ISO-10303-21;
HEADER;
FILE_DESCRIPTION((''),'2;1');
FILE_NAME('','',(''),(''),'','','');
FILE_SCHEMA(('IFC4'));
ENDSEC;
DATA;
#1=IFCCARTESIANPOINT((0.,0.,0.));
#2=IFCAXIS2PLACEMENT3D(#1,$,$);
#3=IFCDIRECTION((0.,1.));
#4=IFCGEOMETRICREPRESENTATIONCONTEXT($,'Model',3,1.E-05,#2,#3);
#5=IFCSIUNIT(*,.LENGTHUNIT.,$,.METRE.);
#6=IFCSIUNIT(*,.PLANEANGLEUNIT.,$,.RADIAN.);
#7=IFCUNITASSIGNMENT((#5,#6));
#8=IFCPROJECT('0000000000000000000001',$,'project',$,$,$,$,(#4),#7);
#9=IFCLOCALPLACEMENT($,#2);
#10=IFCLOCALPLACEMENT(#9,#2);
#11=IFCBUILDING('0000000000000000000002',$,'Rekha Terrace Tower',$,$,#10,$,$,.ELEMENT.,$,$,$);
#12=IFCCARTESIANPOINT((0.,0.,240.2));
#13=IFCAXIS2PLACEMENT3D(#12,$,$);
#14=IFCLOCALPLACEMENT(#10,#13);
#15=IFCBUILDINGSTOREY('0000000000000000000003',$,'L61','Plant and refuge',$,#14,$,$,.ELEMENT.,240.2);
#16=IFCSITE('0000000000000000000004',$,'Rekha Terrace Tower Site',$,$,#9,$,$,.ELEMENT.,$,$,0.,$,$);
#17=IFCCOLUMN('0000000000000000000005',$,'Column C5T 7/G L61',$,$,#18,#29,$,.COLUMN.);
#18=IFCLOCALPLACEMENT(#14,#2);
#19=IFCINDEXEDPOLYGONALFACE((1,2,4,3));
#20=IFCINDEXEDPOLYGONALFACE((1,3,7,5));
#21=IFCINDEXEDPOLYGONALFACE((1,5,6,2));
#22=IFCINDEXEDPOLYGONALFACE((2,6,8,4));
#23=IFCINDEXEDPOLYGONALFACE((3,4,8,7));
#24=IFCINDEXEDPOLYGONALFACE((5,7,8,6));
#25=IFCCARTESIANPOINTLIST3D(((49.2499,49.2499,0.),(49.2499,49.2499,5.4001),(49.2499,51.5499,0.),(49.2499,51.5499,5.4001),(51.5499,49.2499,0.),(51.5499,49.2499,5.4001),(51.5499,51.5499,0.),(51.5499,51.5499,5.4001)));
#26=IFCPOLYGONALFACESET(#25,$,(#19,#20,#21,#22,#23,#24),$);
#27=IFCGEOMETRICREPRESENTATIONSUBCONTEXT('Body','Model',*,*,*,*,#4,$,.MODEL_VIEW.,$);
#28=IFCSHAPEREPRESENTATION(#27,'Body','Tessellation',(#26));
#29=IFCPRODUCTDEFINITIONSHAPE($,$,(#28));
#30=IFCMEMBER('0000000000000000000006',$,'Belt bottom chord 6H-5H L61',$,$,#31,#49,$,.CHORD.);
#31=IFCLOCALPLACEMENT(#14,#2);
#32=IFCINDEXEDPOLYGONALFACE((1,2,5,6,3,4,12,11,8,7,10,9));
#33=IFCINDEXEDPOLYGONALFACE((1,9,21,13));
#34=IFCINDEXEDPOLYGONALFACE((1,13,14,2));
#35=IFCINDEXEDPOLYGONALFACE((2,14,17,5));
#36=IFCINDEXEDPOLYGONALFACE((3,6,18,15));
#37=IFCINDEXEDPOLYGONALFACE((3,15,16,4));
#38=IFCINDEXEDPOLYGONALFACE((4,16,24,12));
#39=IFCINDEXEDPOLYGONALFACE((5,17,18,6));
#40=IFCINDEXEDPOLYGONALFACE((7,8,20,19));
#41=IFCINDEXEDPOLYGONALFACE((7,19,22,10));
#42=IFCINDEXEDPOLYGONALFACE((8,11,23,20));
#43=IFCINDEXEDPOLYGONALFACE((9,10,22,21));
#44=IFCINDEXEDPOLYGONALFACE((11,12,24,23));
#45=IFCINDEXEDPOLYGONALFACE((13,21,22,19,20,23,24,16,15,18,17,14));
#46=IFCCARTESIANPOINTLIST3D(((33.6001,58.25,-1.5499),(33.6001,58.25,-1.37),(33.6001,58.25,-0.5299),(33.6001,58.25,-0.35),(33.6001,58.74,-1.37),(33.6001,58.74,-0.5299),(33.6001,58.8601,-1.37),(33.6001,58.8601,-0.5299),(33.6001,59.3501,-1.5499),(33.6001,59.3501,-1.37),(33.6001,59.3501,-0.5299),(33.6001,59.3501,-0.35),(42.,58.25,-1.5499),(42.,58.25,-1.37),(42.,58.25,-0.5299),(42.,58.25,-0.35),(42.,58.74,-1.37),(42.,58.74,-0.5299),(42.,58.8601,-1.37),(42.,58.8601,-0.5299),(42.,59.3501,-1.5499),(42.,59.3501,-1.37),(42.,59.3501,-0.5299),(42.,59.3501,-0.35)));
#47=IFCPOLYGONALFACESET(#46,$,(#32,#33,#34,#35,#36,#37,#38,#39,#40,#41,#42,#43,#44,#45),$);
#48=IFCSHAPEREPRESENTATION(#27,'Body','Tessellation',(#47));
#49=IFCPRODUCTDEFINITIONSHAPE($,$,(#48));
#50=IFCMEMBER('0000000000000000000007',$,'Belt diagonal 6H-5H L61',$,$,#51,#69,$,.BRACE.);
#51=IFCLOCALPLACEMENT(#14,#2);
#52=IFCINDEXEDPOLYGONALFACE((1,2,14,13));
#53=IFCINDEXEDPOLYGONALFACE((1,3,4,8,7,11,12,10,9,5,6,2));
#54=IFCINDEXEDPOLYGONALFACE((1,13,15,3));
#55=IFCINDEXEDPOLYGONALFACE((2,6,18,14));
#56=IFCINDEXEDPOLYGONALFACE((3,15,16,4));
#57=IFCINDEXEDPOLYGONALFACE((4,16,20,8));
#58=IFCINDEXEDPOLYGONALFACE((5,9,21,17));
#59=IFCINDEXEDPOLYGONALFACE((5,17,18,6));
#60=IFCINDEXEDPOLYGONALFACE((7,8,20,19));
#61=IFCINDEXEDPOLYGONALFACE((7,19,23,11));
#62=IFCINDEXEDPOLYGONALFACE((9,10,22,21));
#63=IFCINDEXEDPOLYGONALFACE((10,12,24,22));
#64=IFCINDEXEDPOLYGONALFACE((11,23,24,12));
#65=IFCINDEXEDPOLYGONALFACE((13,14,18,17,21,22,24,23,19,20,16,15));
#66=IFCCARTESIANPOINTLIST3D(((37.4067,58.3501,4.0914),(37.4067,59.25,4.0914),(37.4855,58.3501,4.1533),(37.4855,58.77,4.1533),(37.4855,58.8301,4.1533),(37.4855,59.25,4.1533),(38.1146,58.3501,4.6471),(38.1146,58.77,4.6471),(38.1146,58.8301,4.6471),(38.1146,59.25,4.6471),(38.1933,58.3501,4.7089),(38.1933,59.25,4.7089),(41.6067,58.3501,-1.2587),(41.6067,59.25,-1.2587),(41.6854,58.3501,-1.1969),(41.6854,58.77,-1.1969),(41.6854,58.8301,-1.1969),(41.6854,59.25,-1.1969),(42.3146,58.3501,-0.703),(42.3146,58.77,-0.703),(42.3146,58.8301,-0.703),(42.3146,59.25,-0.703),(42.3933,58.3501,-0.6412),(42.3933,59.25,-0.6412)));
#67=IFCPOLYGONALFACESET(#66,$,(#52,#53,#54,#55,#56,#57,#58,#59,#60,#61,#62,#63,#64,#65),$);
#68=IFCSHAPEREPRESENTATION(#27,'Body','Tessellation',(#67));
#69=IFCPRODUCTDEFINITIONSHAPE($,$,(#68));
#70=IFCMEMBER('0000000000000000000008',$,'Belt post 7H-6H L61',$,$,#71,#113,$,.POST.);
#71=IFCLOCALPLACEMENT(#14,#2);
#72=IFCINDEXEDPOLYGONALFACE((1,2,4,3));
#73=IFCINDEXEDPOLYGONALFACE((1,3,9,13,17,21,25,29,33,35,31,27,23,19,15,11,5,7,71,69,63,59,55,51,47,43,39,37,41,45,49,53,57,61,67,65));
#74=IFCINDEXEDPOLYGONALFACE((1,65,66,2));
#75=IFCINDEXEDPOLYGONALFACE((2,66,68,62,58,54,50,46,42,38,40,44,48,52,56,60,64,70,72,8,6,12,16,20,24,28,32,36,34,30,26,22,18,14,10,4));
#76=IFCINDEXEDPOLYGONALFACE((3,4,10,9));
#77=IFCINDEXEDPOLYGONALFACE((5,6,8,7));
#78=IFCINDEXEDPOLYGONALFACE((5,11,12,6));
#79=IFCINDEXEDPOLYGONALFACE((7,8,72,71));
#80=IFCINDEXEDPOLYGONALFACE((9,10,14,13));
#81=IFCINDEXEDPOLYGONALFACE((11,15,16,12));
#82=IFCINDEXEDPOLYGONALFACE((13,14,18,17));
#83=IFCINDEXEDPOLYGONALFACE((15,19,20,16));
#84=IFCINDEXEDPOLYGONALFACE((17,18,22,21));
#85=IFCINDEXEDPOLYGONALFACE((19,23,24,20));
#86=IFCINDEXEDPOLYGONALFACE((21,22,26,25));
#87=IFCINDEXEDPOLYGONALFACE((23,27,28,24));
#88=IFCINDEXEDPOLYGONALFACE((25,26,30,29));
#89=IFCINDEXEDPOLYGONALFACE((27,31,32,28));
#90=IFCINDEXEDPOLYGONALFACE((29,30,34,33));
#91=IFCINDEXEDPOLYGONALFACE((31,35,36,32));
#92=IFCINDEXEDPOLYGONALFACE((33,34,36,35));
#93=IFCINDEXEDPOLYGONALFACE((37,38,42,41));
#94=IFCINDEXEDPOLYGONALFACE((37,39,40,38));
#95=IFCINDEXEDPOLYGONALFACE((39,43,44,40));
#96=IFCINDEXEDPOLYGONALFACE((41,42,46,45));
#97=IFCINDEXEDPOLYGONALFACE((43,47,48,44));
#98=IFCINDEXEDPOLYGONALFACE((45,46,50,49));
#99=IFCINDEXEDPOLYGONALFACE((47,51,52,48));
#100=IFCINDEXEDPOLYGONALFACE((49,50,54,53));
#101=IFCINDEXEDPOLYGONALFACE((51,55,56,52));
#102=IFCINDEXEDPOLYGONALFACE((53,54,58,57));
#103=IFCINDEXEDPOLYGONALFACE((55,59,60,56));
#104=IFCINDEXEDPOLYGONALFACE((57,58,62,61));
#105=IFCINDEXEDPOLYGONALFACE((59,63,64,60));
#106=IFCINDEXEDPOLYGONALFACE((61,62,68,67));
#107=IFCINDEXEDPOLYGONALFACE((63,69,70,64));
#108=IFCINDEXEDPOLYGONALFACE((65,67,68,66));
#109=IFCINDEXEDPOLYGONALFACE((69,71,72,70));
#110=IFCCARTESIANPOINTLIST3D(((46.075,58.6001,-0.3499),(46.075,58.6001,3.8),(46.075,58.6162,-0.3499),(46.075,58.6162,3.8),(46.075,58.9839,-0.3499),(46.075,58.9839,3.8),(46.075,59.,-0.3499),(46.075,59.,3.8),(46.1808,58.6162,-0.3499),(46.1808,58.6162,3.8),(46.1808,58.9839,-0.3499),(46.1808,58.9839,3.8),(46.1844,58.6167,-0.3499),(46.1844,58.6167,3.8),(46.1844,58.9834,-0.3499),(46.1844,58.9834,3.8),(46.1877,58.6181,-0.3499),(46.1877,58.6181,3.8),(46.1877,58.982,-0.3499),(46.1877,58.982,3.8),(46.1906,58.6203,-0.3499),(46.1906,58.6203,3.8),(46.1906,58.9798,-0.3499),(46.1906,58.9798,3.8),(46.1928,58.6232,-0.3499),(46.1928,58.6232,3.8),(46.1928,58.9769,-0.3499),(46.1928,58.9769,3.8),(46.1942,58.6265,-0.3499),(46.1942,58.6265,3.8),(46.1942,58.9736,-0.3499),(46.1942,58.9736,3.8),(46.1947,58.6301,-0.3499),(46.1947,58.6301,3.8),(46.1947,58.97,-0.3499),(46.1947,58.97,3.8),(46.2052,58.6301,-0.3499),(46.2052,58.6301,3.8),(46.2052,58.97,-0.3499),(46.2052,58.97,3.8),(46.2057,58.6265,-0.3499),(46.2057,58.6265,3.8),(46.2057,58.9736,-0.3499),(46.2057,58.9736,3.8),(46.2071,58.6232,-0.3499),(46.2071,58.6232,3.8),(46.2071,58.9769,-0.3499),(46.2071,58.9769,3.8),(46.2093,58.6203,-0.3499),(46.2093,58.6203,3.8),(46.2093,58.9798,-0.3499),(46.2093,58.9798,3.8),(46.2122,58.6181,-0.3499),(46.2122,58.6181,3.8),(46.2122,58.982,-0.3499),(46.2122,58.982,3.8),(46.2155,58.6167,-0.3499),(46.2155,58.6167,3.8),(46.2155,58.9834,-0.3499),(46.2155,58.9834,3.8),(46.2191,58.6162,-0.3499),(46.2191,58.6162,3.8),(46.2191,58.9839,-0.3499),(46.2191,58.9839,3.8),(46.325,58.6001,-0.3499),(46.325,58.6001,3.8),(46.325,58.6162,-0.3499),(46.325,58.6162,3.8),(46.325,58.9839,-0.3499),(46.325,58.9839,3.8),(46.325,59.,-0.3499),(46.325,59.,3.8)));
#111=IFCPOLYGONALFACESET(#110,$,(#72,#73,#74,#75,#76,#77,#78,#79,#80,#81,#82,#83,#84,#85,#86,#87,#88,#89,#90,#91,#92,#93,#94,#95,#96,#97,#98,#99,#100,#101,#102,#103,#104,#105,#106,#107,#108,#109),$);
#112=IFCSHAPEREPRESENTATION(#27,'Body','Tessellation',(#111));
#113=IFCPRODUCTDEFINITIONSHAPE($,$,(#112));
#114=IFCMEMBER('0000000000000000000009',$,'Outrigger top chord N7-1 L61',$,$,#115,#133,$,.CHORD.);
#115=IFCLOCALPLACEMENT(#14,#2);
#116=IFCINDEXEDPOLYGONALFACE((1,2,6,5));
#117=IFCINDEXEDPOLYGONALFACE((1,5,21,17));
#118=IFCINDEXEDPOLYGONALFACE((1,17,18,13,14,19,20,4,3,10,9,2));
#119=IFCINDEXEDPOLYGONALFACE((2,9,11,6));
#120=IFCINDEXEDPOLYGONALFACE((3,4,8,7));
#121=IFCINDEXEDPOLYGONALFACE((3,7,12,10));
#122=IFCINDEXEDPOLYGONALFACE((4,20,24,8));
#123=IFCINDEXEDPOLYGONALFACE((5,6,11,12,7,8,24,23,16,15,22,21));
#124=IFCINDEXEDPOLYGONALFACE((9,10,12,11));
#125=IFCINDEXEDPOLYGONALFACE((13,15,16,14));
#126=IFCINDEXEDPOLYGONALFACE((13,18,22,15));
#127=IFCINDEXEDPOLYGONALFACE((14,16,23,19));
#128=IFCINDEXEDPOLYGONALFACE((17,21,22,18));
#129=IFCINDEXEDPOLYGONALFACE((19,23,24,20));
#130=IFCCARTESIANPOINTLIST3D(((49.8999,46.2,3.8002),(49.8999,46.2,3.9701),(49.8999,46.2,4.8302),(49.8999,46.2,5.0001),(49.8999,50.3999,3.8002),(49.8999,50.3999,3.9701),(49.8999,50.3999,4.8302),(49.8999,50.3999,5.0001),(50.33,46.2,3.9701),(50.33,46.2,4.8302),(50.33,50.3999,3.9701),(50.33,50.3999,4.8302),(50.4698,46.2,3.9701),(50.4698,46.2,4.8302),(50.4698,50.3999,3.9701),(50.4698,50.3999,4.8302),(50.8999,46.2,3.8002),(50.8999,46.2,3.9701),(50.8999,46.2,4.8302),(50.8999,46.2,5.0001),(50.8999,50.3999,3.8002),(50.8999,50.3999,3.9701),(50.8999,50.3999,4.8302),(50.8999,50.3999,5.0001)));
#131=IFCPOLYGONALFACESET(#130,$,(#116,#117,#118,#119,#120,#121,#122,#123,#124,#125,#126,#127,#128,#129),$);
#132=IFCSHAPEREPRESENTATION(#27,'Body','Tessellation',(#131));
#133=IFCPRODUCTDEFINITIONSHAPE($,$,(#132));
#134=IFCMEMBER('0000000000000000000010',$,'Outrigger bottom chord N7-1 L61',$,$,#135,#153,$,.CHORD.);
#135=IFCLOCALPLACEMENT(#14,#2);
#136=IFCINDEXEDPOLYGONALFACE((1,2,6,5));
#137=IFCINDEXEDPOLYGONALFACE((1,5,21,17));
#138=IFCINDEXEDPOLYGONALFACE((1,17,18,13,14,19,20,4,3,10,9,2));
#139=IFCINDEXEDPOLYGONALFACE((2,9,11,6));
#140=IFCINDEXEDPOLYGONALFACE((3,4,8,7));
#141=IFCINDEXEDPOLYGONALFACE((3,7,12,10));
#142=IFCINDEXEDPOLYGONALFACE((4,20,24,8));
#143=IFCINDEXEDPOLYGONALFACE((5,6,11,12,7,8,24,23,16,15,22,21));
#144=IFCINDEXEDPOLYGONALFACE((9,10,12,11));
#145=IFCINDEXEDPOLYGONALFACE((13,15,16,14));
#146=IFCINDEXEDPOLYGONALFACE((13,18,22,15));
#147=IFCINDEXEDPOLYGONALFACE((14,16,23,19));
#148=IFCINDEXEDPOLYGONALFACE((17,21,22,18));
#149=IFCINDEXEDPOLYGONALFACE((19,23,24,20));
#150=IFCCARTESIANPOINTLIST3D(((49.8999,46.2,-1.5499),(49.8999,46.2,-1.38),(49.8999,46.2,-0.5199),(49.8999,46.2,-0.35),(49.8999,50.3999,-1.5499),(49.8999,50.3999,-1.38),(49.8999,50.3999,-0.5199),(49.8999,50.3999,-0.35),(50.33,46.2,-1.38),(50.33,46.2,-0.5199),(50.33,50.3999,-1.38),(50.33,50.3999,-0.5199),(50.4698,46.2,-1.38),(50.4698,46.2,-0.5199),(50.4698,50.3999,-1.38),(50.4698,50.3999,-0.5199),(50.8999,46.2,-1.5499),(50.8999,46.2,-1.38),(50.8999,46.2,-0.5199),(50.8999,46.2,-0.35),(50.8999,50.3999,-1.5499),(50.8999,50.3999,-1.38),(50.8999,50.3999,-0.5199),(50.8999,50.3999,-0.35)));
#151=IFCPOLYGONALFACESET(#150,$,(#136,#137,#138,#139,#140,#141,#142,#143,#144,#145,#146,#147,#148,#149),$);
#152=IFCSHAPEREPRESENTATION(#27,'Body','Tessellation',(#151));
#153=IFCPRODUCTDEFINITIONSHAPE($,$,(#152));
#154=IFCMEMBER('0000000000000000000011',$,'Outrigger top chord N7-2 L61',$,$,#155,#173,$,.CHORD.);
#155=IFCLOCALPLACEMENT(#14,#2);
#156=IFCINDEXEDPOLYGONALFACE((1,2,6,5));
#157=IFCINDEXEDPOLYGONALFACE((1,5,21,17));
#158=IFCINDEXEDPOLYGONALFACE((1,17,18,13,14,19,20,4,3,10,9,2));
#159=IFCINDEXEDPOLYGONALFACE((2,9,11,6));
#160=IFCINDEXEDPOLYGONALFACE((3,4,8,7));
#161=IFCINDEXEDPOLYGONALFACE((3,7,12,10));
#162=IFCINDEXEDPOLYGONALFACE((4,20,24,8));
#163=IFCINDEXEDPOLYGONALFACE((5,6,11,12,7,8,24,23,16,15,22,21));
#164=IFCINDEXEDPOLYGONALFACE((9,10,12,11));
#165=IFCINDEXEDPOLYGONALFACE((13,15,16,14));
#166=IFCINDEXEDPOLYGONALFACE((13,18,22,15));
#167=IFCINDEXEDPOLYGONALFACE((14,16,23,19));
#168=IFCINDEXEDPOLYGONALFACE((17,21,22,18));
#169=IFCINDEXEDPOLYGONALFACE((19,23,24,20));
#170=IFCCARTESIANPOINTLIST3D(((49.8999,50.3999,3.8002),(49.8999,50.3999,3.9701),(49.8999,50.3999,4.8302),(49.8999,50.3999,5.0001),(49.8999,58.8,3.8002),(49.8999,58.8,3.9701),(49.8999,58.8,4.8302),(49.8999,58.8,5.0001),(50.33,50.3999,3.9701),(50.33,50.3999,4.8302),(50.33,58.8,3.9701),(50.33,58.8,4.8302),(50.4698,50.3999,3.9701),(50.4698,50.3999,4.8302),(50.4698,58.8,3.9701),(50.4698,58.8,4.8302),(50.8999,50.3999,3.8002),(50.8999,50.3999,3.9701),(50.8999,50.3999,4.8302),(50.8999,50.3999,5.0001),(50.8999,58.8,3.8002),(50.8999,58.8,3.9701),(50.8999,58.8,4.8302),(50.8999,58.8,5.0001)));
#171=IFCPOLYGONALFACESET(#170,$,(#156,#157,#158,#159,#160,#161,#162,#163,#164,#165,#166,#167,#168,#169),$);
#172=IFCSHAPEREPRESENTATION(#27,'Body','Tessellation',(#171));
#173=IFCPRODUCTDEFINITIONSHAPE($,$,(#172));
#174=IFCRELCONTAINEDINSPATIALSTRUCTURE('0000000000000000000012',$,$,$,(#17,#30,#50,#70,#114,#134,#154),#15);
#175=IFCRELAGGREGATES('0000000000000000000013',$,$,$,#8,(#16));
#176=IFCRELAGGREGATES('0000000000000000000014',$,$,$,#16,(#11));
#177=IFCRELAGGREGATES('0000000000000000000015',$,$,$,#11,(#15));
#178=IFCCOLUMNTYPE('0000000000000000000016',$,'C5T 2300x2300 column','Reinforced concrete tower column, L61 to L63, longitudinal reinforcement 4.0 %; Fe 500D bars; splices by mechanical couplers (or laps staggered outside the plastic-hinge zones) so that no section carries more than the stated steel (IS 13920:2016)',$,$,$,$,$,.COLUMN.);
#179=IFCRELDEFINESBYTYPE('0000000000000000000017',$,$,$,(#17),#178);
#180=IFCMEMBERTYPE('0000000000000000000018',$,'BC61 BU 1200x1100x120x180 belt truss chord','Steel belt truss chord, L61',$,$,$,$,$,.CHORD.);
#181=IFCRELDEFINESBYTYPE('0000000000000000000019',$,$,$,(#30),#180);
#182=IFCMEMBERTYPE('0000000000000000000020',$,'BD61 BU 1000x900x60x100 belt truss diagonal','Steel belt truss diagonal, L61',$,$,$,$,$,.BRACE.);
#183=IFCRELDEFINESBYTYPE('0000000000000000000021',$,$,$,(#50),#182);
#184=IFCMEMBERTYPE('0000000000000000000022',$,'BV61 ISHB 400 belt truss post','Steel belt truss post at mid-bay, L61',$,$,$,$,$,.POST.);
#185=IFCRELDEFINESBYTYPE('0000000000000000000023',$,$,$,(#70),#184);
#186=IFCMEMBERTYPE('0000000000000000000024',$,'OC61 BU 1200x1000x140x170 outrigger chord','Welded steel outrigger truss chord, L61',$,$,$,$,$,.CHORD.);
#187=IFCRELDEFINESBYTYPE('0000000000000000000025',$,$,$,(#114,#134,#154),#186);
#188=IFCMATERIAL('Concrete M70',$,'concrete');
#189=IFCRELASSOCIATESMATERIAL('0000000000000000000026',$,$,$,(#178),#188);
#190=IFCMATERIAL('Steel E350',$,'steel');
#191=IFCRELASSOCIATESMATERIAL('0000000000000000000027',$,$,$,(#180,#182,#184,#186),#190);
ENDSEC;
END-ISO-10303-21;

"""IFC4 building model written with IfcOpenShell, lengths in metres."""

from ifc_helpers import new_model, si_unit, direction, frame, origin, origin_2d, place, context, subcontext, project, spatial, rectangle, i_section, extrude, material, material_profile, profile_set, type_object, element, save


model = new_model("IFC4")

# Units and contexts
model_context = context("Model", 3, precision=1e-05, world=origin(), true_north=direction((0.0, 1.0)))
body_context = subcontext(model_context, "Body", "Model", "MODEL_VIEW")
ifc_project = project(units=[si_unit("LENGTHUNIT", "METRE"), si_unit("PLANEANGLEUNIT", "RADIAN")], contexts=[model_context])

# Site, building, storey
site_placement = place(None, origin())
site = spatial("IfcSite", under=ifc_project, at=site_placement, Name="Rekha Terrace Tower Site", CompositionType="ELEMENT", RefElevation=0.0)
building_placement = place(site_placement, origin())
building = spatial("IfcBuilding", under=site, at=building_placement, Name="Rekha Terrace Tower", CompositionType="ELEMENT")
storey_placement = place(building_placement, frame((0.0, 0.0, 240.2)))
storey = spatial("IfcBuildingStorey", under=building, at=storey_placement, Name="L61", Description="Plant and refuge", CompositionType="ELEMENT", Elevation=240.2)

# Column
ifc_material_1 = material(Name="Concrete M70", Category="concrete")
ifc_material_profile_1 = material_profile(ifc_material_1, rectangle(XDim=2.3, YDim=2.3, at=origin_2d()), Name="RC 2300x2300")
ifc_profile_set_1 = profile_set([ifc_material_profile_1], Name="Concrete M70")
column_type = type_object("IfcColumnType", Name="C5T 2300x2300 column", Description="Reinforced concrete tower column, L61 to L63, longitudinal reinforcement 4.0 %; Fe 500D bars; splices by mechanical couplers (or laps staggered outside the plastic-hinge zones) so that no section carries more than the stated steel (IS 13920:2016)", PredefinedType="COLUMN", material=ifc_profile_set_1)
column_placement = place(storey_placement, frame((50.3999, 50.3999, 0.0), z_axis=(0.0, 0.0, 1.0), x_axis=(1.0, 0.0, 0.0)))
element("IfcColumn", 1, at=column_placement, inside=storey, type_object=column_type, Name="Column C5T 7/G L61", PredefinedType="COLUMN", context=body_context, shape_type="SweptSolid", body=[
    extrude(rectangle(XDim=2.3, YDim=2.3, at=origin_2d()), origin(), (0.0, 0.0, 1.0), 5.4001),
])

# Members
ifc_material_2 = material(Name="Steel E350", Category="steel")
ifc_material_profile_2 = material_profile(ifc_material_2, i_section(OverallWidth=1.1001, OverallDepth=1.2, WebThickness=0.1201, FlangeThickness=0.1799, at=origin_2d()), Name="BU 1200x1100x120x180")
ifc_profile_set_2 = profile_set([ifc_material_profile_2], Name="Steel E350")
member_type_1 = type_object("IfcMemberType", Name="BC61 BU 1200x1100x120x180 belt truss chord", Description="Steel belt truss chord, L61", PredefinedType="CHORD", material=ifc_profile_set_2)
member_1_placement = place(storey_placement, frame((42.0, 58.8, -0.95), z_axis=(-1.0, 0.0, 0.0), x_axis=(0.0, -1.0, 0.0)))
element("IfcMember", 2, at=member_1_placement, inside=storey, type_object=member_type_1, Name="Belt bottom chord 6H-5H L61", PredefinedType="CHORD", context=body_context, shape_type="SweptSolid", body=[
    extrude(i_section(OverallWidth=1.1001, OverallDepth=1.2, WebThickness=0.1201, FlangeThickness=0.1799, at=origin_2d()), origin(), (0.0, 0.0, 1.0), 8.3999),
])
ifc_material_profile_3 = material_profile(ifc_material_2, i_section(OverallWidth=0.8999, OverallDepth=1.0, WebThickness=0.0601, FlangeThickness=0.1001, at=origin_2d()), Name="BU 1000x900x60x100")
ifc_profile_set_3 = profile_set([ifc_material_profile_3], Name="Steel E350")
member_type_2 = type_object("IfcMemberType", Name="BD61 BU 1000x900x60x100 belt truss diagonal", Description="Steel belt truss diagonal, L61", PredefinedType="BRACE", material=ifc_profile_set_3)
member_2_placement = place(storey_placement, frame((42.0, 58.8, -0.95), z_axis=(-0.617485, 0.0, 0.786582), x_axis=(0.0, -1.0, 0.0)))
element("IfcMember", 3, at=member_2_placement, inside=storey, type_object=member_type_2, Name="Belt diagonal 6H-5H L61", PredefinedType="BRACE", context=body_context, shape_type="SweptSolid", body=[
    extrude(i_section(OverallWidth=0.8999, OverallDepth=1.0, WebThickness=0.0601, FlangeThickness=0.1001, at=origin_2d()), origin(), (0.0, 0.0, 1.0), 6.8018),
])
ifc_material_profile_4 = material_profile(ifc_material_2, i_section(OverallWidth=0.25, OverallDepth=0.3999, WebThickness=0.0105, FlangeThickness=0.0161, FilletRadius=0.0139, at=origin_2d()), Name="ISHB 400")
ifc_profile_set_4 = profile_set([ifc_material_profile_4], Name="Steel E350")
member_type_3 = type_object("IfcMemberType", Name="BV61 ISHB 400 belt truss post", Description="Steel belt truss post at mid-bay, L61", PredefinedType="POST", material=ifc_profile_set_4)
member_3_placement = place(storey_placement, frame((46.2, 58.8, -0.3499), z_axis=(0.0, 0.0, 1.0), x_axis=(1.0, 0.0, 0.0)))
element("IfcMember", 4, at=member_3_placement, inside=storey, type_object=member_type_3, Name="Belt post 7H-6H L61", PredefinedType="POST", context=body_context, shape_type="SweptSolid", body=[
    extrude(i_section(OverallWidth=0.25, OverallDepth=0.3999, WebThickness=0.0105, FlangeThickness=0.0161, FilletRadius=0.0139, at=origin_2d()), origin(), (0.0, 0.0, 1.0), 4.1499),
])
ifc_material_profile_5 = material_profile(ifc_material_2, i_section(OverallWidth=1.0, OverallDepth=1.2, WebThickness=0.1399, FlangeThickness=0.1699, at=origin_2d()), Name="BU 1200x1000x140x170")
ifc_profile_set_5 = profile_set([ifc_material_profile_5], Name="Steel E350")
member_type_4 = type_object("IfcMemberType", Name="OC61 BU 1200x1000x140x170 outrigger chord", Description="Welded steel outrigger truss chord, L61", PredefinedType="CHORD", material=ifc_profile_set_5)
for number, where, z_axis, x_axis, name in (
    (5, (50.3999, 46.2, 4.4001), (0.0, 1.0, 0.0), (-1.0, 0.0, 0.0), "Outrigger top chord N7-1 L61"),
    (6, (50.3999, 46.2, -0.95), (0.0, 1.0, 0.0), (-1.0, 0.0, 0.0), "Outrigger bottom chord N7-1 L61"),
):
    element("IfcMember", number, at=place(storey_placement, frame(where, z_axis=z_axis, x_axis=x_axis)), inside=storey, type_object=member_type_4, Name=name, PredefinedType="CHORD", context=body_context, shape_type="SweptSolid", body=[
        extrude(i_section(OverallWidth=1.0, OverallDepth=1.2, WebThickness=0.1399, FlangeThickness=0.1699, at=origin_2d()), origin(), (0.0, 0.0, 1.0), 4.2),
    ])
for number, where, z_axis, x_axis, name in (
    (7, (50.3999, 50.3999, 4.4001), (0.0, 1.0, 0.0), (-1.0, 0.0, 0.0), "Outrigger top chord N7-2 L61"),
):
    element("IfcMember", number, at=place(storey_placement, frame(where, z_axis=z_axis, x_axis=x_axis)), inside=storey, type_object=member_type_4, Name=name, PredefinedType="CHORD", context=body_context, shape_type="SweptSolid", body=[
        extrude(i_section(OverallWidth=1.0, OverallDepth=1.2, WebThickness=0.1399, FlangeThickness=0.1699, at=origin_2d()), origin(), (0.0, 0.0, 1.0), 8.4001),
    ])

save(model, "model.ifc")
